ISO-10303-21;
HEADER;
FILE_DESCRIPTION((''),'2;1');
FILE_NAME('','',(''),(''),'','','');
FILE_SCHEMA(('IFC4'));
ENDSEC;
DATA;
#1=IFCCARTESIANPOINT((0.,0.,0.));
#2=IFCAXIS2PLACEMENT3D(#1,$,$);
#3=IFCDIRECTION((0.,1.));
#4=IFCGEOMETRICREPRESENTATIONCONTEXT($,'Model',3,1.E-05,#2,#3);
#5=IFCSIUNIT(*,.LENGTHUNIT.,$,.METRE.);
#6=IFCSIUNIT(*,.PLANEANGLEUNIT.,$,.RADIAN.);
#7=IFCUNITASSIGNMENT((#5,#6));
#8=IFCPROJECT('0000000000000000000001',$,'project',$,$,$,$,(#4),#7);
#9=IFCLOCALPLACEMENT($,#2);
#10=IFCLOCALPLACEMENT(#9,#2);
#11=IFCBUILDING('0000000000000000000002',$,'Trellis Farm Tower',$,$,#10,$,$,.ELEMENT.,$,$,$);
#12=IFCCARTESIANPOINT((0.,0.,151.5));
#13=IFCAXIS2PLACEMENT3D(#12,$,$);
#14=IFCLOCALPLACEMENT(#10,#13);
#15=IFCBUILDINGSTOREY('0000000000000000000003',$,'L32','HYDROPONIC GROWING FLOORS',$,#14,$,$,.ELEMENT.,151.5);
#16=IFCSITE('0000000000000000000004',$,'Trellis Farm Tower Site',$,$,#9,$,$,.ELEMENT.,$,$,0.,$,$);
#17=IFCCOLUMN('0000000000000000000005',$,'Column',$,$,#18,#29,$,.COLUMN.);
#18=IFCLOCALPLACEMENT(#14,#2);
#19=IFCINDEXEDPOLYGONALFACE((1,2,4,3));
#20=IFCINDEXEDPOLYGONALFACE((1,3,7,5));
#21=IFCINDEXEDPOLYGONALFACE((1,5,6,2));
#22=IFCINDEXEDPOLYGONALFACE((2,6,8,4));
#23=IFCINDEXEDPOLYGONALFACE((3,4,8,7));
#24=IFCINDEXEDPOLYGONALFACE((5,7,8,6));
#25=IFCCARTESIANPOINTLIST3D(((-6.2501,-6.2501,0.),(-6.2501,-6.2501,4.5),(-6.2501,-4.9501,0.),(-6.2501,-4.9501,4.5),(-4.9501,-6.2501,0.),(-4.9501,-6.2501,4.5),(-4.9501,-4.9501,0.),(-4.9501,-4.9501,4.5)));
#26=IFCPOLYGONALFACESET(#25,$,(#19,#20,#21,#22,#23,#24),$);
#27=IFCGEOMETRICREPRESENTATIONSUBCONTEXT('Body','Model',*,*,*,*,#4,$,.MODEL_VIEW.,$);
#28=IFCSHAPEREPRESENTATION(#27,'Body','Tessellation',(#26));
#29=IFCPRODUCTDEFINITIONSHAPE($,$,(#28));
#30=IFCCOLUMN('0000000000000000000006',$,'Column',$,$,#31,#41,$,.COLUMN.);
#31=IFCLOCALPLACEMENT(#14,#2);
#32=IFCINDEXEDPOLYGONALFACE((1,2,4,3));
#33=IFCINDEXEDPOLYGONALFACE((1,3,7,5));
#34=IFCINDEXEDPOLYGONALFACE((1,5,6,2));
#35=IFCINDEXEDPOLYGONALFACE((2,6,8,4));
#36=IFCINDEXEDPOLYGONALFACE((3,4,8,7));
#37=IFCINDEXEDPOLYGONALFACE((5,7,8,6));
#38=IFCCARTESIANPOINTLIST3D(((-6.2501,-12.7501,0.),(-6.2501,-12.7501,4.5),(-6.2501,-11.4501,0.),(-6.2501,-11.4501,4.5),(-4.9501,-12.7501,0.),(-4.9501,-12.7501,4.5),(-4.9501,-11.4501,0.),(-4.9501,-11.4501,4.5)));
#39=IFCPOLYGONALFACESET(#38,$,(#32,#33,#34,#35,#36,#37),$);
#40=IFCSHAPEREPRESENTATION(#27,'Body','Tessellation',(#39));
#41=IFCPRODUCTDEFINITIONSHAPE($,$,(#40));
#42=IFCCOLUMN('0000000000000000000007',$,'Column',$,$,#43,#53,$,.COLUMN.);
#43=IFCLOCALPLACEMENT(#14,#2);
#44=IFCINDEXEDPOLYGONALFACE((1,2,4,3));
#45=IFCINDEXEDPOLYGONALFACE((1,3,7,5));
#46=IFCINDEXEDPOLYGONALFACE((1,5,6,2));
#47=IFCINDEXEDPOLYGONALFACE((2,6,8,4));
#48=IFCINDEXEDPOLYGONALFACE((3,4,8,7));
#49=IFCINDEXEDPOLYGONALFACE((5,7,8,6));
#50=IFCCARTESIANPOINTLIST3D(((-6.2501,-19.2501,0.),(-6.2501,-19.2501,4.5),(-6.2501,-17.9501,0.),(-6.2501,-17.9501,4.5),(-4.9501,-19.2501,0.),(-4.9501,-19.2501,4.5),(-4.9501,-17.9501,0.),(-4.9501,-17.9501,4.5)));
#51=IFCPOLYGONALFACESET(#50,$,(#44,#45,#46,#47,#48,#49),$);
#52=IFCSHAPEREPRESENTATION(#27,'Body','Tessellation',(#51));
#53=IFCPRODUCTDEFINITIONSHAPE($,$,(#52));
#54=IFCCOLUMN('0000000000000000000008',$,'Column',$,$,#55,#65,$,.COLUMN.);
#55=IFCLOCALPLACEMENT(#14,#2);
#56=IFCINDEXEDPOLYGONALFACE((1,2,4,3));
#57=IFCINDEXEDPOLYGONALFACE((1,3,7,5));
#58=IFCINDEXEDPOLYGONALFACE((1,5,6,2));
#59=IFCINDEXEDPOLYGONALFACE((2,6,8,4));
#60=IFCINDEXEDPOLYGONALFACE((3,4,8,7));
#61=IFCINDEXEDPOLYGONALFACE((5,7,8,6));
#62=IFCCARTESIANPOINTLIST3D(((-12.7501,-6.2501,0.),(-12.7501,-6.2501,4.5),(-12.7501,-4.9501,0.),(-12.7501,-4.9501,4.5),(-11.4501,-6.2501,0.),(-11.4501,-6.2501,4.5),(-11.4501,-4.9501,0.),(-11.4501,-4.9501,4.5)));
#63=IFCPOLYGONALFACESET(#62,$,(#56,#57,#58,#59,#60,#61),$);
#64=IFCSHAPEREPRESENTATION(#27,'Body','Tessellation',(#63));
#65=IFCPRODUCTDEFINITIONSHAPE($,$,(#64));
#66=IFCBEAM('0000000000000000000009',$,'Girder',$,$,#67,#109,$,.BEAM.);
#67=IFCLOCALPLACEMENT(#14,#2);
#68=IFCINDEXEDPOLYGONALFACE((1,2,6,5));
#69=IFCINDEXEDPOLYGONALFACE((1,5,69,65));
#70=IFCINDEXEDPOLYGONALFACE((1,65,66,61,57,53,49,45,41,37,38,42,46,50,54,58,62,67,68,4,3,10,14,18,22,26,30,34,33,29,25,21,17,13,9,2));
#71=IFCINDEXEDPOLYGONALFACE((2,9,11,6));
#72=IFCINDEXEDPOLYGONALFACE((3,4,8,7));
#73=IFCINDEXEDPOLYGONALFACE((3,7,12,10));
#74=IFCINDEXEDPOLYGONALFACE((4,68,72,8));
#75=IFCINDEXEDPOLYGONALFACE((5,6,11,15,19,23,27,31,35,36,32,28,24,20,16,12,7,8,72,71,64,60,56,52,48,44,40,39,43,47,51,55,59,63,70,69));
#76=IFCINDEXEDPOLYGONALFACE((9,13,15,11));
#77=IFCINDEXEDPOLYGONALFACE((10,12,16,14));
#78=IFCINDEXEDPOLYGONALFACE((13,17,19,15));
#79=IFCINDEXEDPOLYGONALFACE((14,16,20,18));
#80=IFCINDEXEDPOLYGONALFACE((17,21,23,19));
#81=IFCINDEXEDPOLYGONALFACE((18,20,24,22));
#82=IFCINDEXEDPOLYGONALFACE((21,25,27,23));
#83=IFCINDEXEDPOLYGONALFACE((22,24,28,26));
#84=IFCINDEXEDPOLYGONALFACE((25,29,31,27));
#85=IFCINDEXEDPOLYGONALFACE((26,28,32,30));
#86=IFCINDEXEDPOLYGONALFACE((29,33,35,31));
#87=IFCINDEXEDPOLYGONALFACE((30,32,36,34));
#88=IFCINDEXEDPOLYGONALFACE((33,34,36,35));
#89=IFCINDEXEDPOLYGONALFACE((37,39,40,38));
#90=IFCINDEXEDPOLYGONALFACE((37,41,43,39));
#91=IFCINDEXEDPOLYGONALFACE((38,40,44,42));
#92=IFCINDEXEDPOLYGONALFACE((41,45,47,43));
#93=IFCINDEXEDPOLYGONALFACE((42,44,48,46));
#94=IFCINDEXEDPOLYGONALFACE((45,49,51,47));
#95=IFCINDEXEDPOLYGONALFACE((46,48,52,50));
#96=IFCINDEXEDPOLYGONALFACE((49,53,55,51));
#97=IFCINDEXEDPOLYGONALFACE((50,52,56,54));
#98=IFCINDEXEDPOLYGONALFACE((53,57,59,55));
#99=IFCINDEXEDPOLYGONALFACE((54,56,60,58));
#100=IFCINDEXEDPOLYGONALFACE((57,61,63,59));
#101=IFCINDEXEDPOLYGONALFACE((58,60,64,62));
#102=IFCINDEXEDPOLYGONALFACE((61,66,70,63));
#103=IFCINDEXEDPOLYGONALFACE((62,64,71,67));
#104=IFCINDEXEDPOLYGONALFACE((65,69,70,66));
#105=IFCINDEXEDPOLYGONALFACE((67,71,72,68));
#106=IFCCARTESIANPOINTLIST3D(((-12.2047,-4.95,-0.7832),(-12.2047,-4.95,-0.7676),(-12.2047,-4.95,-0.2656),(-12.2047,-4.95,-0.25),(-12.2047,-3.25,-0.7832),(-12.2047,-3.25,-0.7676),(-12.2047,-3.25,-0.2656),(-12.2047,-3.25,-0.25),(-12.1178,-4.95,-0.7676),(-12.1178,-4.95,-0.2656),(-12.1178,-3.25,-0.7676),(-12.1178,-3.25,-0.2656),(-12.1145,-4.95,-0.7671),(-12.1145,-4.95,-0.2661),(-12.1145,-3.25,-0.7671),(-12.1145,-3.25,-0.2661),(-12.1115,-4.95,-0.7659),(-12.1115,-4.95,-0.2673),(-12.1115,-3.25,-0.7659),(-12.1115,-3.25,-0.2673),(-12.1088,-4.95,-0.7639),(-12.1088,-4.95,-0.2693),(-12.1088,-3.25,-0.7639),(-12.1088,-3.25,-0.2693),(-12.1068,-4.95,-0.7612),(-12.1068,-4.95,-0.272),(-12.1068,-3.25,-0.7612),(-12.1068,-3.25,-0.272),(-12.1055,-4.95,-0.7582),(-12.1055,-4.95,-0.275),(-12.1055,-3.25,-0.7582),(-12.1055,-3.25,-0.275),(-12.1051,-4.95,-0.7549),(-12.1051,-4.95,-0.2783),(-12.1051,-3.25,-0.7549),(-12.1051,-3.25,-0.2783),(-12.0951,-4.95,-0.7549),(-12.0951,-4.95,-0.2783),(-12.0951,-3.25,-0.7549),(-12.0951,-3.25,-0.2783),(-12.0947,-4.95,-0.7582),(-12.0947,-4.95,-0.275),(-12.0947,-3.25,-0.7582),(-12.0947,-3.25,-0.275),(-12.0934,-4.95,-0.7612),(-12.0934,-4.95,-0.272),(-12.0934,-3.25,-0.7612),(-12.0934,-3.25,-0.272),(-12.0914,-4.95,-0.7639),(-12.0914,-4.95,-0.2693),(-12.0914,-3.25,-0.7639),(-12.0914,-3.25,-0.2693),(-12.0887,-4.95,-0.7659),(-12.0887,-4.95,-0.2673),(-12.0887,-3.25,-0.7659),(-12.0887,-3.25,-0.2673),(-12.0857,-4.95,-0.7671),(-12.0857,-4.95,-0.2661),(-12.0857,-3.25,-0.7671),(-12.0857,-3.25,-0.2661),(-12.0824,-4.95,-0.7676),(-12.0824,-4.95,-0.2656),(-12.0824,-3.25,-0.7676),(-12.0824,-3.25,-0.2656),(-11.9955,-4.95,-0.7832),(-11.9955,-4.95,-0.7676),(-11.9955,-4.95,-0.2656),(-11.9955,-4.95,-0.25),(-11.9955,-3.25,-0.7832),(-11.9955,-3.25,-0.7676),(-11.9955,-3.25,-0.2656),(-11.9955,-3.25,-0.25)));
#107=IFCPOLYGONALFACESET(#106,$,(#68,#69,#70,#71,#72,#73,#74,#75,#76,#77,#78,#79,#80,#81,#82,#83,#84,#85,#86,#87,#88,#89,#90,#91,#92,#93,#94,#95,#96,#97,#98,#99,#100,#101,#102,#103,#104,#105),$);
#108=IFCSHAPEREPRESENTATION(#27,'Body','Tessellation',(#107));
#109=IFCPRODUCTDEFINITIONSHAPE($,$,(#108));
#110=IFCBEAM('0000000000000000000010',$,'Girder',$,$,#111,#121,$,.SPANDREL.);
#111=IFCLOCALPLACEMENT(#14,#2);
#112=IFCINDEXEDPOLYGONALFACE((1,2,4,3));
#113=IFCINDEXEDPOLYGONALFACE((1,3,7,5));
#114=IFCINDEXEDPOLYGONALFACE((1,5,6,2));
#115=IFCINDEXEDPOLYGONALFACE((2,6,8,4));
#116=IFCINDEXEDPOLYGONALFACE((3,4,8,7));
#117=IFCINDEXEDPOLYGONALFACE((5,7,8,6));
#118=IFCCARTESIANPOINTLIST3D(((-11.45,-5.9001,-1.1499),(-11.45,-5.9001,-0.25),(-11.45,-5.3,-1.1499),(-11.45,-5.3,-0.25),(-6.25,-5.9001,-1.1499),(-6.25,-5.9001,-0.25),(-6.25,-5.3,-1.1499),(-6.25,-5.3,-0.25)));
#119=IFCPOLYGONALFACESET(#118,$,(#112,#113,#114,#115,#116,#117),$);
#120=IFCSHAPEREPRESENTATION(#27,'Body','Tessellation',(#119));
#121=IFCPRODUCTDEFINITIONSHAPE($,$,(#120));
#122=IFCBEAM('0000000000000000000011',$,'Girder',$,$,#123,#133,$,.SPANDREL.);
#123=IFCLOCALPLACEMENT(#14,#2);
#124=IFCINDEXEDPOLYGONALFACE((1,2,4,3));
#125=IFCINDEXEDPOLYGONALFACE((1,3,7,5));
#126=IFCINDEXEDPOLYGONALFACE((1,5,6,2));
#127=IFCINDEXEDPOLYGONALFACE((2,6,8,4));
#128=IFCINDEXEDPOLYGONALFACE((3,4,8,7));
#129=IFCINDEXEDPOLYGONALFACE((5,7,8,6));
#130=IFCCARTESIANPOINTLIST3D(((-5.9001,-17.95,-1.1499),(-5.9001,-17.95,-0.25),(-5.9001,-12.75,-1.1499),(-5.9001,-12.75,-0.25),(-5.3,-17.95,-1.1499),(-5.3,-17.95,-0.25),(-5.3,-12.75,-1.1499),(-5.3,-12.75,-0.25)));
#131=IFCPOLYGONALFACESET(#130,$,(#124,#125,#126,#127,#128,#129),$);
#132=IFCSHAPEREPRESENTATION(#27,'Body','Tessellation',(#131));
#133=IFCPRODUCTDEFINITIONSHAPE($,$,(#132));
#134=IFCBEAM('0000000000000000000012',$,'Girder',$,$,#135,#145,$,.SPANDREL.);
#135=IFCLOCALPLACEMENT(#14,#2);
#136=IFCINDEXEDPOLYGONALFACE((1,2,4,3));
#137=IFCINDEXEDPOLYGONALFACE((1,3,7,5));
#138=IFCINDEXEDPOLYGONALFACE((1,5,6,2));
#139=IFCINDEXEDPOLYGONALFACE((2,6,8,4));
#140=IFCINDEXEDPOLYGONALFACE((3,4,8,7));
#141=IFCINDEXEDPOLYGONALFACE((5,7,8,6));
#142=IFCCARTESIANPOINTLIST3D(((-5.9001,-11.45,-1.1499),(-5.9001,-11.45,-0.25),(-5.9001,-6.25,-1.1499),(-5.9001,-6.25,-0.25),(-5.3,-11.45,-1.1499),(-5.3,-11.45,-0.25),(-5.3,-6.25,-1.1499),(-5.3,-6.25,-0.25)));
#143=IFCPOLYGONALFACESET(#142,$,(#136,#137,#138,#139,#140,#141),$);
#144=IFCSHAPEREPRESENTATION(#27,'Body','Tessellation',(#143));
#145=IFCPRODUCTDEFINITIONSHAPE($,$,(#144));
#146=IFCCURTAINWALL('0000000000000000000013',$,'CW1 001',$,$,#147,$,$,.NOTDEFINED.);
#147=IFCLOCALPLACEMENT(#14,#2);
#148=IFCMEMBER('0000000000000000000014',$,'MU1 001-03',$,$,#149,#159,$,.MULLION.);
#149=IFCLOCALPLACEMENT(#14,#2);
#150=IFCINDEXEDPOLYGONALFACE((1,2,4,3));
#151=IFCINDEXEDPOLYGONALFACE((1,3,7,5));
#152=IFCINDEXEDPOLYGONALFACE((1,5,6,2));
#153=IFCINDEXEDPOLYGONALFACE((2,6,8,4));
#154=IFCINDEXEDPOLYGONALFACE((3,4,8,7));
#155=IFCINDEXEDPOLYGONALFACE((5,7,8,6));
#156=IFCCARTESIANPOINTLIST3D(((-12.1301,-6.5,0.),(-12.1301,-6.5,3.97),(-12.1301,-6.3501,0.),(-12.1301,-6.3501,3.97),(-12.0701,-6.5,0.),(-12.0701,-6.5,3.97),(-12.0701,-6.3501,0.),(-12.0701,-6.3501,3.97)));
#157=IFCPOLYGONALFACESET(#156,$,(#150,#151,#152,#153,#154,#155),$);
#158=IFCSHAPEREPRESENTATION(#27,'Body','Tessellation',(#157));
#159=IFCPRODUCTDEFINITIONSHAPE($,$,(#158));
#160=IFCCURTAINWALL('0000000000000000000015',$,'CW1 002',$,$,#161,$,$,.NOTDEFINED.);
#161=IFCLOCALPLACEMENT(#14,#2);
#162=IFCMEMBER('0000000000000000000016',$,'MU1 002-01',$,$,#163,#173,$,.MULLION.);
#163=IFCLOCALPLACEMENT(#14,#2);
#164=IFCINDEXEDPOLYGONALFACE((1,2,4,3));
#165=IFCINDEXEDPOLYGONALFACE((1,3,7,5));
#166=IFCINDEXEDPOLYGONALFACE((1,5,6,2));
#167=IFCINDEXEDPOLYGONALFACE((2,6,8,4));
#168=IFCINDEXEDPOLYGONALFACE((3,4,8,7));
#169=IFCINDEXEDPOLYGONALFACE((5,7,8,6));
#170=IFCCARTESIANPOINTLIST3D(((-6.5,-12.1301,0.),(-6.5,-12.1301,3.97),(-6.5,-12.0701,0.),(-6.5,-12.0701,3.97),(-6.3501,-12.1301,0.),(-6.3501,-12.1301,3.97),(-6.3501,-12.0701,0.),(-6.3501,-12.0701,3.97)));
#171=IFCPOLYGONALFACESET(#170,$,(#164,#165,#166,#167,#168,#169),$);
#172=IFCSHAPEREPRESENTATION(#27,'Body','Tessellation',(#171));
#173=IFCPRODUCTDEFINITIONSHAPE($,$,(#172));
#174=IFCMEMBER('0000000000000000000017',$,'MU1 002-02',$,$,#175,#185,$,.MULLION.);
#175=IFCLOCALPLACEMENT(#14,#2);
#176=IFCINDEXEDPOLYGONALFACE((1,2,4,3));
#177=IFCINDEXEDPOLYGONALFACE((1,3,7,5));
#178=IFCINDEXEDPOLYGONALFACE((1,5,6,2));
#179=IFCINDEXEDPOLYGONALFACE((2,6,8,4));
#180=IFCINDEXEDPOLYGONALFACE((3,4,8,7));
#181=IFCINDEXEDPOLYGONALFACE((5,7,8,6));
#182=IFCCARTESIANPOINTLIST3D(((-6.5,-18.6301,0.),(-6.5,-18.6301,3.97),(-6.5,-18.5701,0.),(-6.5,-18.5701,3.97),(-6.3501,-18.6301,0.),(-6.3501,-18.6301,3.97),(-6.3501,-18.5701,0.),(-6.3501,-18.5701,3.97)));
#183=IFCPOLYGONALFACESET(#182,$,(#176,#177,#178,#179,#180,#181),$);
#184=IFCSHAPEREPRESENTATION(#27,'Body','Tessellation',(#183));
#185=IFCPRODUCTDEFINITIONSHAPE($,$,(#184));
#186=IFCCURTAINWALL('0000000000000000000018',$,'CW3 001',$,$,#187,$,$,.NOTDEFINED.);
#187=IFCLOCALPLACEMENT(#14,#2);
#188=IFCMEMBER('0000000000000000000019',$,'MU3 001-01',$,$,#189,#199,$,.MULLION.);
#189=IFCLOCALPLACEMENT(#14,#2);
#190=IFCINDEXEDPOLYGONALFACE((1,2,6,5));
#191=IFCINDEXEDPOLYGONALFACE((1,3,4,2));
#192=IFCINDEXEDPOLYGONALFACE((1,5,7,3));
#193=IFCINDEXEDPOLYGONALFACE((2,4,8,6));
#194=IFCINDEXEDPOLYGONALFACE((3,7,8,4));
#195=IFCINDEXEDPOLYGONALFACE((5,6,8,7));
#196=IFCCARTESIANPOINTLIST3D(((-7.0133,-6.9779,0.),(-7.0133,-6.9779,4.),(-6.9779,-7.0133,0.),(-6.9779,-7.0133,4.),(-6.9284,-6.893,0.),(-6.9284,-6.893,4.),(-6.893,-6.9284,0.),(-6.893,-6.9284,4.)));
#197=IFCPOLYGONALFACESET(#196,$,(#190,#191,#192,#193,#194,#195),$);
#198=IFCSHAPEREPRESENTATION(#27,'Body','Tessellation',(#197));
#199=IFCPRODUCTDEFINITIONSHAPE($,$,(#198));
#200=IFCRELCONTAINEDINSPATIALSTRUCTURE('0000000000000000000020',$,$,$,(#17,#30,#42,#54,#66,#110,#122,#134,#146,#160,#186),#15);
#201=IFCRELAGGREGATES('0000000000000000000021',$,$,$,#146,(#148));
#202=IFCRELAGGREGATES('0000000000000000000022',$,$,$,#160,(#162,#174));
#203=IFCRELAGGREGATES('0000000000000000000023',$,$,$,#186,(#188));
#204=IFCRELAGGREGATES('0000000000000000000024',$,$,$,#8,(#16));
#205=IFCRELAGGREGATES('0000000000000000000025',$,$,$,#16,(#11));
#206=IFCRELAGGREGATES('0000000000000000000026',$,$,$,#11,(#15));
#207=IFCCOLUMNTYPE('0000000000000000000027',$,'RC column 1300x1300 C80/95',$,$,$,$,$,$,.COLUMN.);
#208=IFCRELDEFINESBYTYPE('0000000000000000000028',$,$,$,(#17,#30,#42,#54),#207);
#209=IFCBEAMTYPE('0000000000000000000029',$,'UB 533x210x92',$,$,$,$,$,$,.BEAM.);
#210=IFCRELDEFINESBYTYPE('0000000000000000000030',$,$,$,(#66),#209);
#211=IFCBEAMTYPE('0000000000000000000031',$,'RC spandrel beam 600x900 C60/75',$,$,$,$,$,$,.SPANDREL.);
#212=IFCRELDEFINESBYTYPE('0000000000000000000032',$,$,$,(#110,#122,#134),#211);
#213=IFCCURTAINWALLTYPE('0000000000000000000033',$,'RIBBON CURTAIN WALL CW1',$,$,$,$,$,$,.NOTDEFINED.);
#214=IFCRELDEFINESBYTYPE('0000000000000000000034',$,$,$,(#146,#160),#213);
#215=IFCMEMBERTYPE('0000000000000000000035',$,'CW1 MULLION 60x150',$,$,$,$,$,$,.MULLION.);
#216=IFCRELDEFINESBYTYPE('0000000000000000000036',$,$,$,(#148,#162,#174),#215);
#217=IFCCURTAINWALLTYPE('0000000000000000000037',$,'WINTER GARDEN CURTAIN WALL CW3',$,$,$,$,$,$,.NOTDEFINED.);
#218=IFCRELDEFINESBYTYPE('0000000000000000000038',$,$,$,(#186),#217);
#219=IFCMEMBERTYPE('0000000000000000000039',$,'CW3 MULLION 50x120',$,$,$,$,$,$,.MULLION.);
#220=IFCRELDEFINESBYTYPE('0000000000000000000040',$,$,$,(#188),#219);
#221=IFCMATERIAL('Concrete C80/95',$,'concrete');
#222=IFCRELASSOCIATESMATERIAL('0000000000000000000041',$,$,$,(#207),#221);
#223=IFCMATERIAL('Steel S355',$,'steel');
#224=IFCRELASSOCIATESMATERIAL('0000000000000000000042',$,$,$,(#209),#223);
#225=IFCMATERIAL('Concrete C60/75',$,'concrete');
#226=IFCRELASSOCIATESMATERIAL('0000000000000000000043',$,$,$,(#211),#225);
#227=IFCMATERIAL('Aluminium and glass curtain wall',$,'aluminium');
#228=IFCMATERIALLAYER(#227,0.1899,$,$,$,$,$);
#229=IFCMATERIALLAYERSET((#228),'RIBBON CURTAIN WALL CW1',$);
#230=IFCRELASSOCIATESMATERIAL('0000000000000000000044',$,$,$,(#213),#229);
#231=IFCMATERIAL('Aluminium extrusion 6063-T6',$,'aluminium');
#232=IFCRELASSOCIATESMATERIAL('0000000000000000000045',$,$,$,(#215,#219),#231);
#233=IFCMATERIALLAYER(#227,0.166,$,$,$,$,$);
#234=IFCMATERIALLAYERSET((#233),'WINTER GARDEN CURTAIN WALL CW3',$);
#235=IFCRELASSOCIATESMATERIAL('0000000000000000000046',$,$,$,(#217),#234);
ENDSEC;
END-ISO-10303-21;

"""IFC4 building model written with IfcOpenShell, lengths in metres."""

from ifc_helpers import new_model, si_unit, direction, frame, origin, origin_2d, place, context, subcontext, project, spatial, rectangle, i_section, extrude, source, transform, mapped, material, layer, layer_set, material_profile, profile_set, type_object, element, aggregate, save


model = new_model("IFC4")

# Units and contexts
model_context = context("Model", 3, precision=1e-05, world=origin(), true_north=direction((0.0, 1.0)))
body_context = subcontext(model_context, "Body", "Model", "MODEL_VIEW")
ifc_project = project(units=[si_unit("LENGTHUNIT", "METRE"), si_unit("PLANEANGLEUNIT", "RADIAN")], contexts=[model_context])

# Site, building, storey
site_placement = place(None, origin())
site = spatial("IfcSite", under=ifc_project, at=site_placement, Name="Trellis Farm Tower Site", CompositionType="ELEMENT", RefElevation=0.0)
building_placement = place(site_placement, origin())
building = spatial("IfcBuilding", under=site, at=building_placement, Name="Trellis Farm Tower", CompositionType="ELEMENT")
storey_placement = place(building_placement, frame((0.0, 0.0, 151.5)))
storey = spatial("IfcBuildingStorey", under=building, at=storey_placement, Name="L32", Description="HYDROPONIC GROWING FLOORS", CompositionType="ELEMENT", Elevation=151.5)

# Columns
ifc_material_1 = material(Name="Concrete C80/95", Category="concrete")
ifc_material_profile_1 = material_profile(ifc_material_1, rectangle(XDim=1.3, YDim=1.3, at=origin_2d()), Name="RC column 1300x1300 C80/95")
ifc_profile_set_1 = profile_set([ifc_material_profile_1], Name="Concrete C80/95")
column_type = type_object("IfcColumnType", Name="RC column 1300x1300 C80/95", PredefinedType="COLUMN", material=ifc_profile_set_1)
shared_shape_1 = source(origin(), body_context, "Body", "SweptSolid", [
    extrude(rectangle(XDim=1.3, YDim=1.3, at=origin_2d()), origin(), (0.0, 0.0, 1.0), 4.5),
])
for number, where, z_axis, x_axis, name in (
    (1, (-5.6001, -5.6001, 0.0), (0.0, 0.0, 1.0), (1.0, 0.0, 0.0), "Column"),
    (2, (-5.6001, -12.1001, 0.0), (0.0, 0.0, 1.0), (1.0, 0.0, 0.0), "Column"),
    (3, (-5.6001, -18.6001, 0.0), (0.0, 0.0, 1.0), (1.0, 0.0, 0.0), "Column"),
    (4, (-12.1001, -5.6001, 0.0), (0.0, 0.0, 1.0), (1.0, 0.0, 0.0), "Column"),
):
    element("IfcColumn", number, at=place(storey_placement, frame(where, z_axis=z_axis, x_axis=x_axis)), inside=storey, type_object=column_type, Name=name, PredefinedType="COLUMN", context=body_context, shape_type="MappedRepresentation", body=[
        mapped(shared_shape_1, transform((0.0, 0.0, 0.0))),
    ])

# Beams
ifc_material_2 = material(Name="Steel S355", Category="steel")
ifc_material_profile_2 = material_profile(ifc_material_2, i_section(OverallWidth=0.2092, OverallDepth=0.5332, WebThickness=0.01, FlangeThickness=0.0156, FilletRadius=0.0127, at=origin_2d()), Name="UB 533x210x92")
ifc_profile_set_2 = profile_set([ifc_material_profile_2], Name="Steel S355")
beam_type_1 = type_object("IfcBeamType", Name="UB 533x210x92", PredefinedType="BEAM", material=ifc_profile_set_2)
shared_shape_2 = source(origin(), body_context, "Body", "SweptSolid", [
    extrude(i_section(OverallWidth=0.2092, OverallDepth=0.5332, WebThickness=0.01, FlangeThickness=0.0156, FilletRadius=0.0127, at=origin_2d()), origin(), (0.0, 0.0, 1.0), 1.7),
])
beam_placement = place(storey_placement, frame((-12.1001, -4.95, -0.5166), z_axis=(0.0, 1.0, 0.0), x_axis=(-1.0, 0.0, 0.0)))
element("IfcBeam", 5, at=beam_placement, inside=storey, type_object=beam_type_1, Name="Girder", PredefinedType="BEAM", context=body_context, shape_type="MappedRepresentation", body=[
    mapped(shared_shape_2, transform((0.0, 0.0, 0.0))),
])
ifc_material_3 = material(Name="Concrete C60/75", Category="concrete")
ifc_material_profile_3 = material_profile(ifc_material_3, rectangle(XDim=0.6001, YDim=0.8999, at=origin_2d()), Name="RC spandrel beam 600x900 C60/75")
ifc_profile_set_3 = profile_set([ifc_material_profile_3], Name="Concrete C60/75")
beam_type_2 = type_object("IfcBeamType", Name="RC spandrel beam 600x900 C60/75", PredefinedType="SPANDREL", material=ifc_profile_set_3)
shared_shape_3 = source(origin(), body_context, "Body", "SweptSolid", [
    extrude(rectangle(XDim=0.6001, YDim=0.8999, at=origin_2d()), origin(), (0.0, 0.0, 1.0), 5.2),
])
for number, where, z_axis, x_axis, name in (
    (6, (-11.45, -5.6001, -0.7), (1.0, 0.0, 0.0), (0.0, 1.0, 0.0), "Girder"),
    (7, (-5.6001, -17.95, -0.7), (0.0, 1.0, 0.0), (-1.0, 0.0, 0.0), "Girder"),
    (8, (-5.6001, -11.45, -0.7), (0.0, 1.0, 0.0), (-1.0, 0.0, 0.0), "Girder"),
):
    element("IfcBeam", number, at=place(storey_placement, frame(where, z_axis=z_axis, x_axis=x_axis)), inside=storey, type_object=beam_type_2, Name=name, PredefinedType="SPANDREL", context=body_context, shape_type="MappedRepresentation", body=[
        mapped(shared_shape_3, transform((0.0, 0.0, 0.0))),
    ])

# Curtain wall, member
ifc_material_4 = material(Name="Aluminium and glass curtain wall", Category="aluminium")
ifc_layer_1 = layer(ifc_material_4, 0.1899)
ifc_layer_set_1 = layer_set([ifc_layer_1], Name="RIBBON CURTAIN WALL CW1")
curtain_wall_type_1 = type_object("IfcCurtainWallType", Name="RIBBON CURTAIN WALL CW1", PredefinedType="NOTDEFINED", material=ifc_layer_set_1)
placement = place(storey_placement, origin())
curtain_wall_1 = element("IfcCurtainWall", 9, at=placement, inside=storey, type_object=curtain_wall_type_1, Name="CW1 001", PredefinedType="NOTDEFINED")
ifc_material_5 = material(Name="Aluminium extrusion 6063-T6", Category="aluminium")
ifc_material_profile_4 = material_profile(ifc_material_5, rectangle(XDim=0.0601, YDim=0.1499, at=origin_2d()), Name="MULLION 60x150")
ifc_profile_set_4 = profile_set([ifc_material_profile_4], Name="Aluminium extrusion 6063-T6")
member_type_1 = type_object("IfcMemberType", Name="CW1 MULLION 60x150", PredefinedType="MULLION", material=ifc_profile_set_4)
shared_shape_4 = source(origin(), body_context, "Body", "SweptSolid", [
    extrude(rectangle(XDim=0.0601, YDim=0.1499, at=origin_2d()), origin(), (0.0, 0.0, 1.0), 3.97),
])
member_1_placement = place(storey_placement, frame((-12.1001, -6.425, 0.0), z_axis=(0.0, 0.0, 1.0), x_axis=(1.0, 0.0, 0.0)))
member_1 = element("IfcMember", 10, at=member_1_placement, type_object=member_type_1, Name="MU1 001-03", PredefinedType="MULLION", context=body_context, shape_type="MappedRepresentation", body=[
    mapped(shared_shape_4, transform((0.0, 0.0, 0.0))),
])
aggregate(curtain_wall_1, [member_1])

# Curtain wall, members
curtain_wall_2 = element("IfcCurtainWall", 11, at=placement, inside=storey, type_object=curtain_wall_type_1, Name="CW1 002", PredefinedType="NOTDEFINED")
member_2_placement = place(storey_placement, frame((-6.425, -12.1001, 0.0), z_axis=(0.0, 0.0, 1.0), x_axis=(0.0, -1.0, 0.0)))
member_2 = element("IfcMember", 12, at=member_2_placement, type_object=member_type_1, Name="MU1 002-01", PredefinedType="MULLION", context=body_context, shape_type="MappedRepresentation", body=[
    mapped(shared_shape_4, transform((0.0, 0.0, 0.0))),
])
member_3_placement = place(storey_placement, frame((-6.425, -18.6001, 0.0), z_axis=(0.0, 0.0, 1.0), x_axis=(0.0, -1.0, 0.0)))
member_3 = element("IfcMember", 13, at=member_3_placement, type_object=member_type_1, Name="MU1 002-02", PredefinedType="MULLION", context=body_context, shape_type="MappedRepresentation", body=[
    mapped(shared_shape_4, transform((0.0, 0.0, 0.0))),
])
aggregate(curtain_wall_2, [member_2, member_3])

# Curtain wall, member
ifc_layer_2 = layer(ifc_material_4, 0.166)
ifc_layer_set_2 = layer_set([ifc_layer_2], Name="WINTER GARDEN CURTAIN WALL CW3")
curtain_wall_type_2 = type_object("IfcCurtainWallType", Name="WINTER GARDEN CURTAIN WALL CW3", PredefinedType="NOTDEFINED", material=ifc_layer_set_2)
curtain_wall_3 = element("IfcCurtainWall", 14, at=placement, inside=storey, type_object=curtain_wall_type_2, Name="CW3 001", PredefinedType="NOTDEFINED")
ifc_material_profile_5 = material_profile(ifc_material_5, rectangle(XDim=0.05, YDim=0.1201, at=origin_2d()), Name="MULLION 50x120")
ifc_profile_set_5 = profile_set([ifc_material_profile_5], Name="Aluminium extrusion 6063-T6")
member_type_2 = type_object("IfcMemberType", Name="CW3 MULLION 50x120", PredefinedType="MULLION", material=ifc_profile_set_5)
shared_shape_5 = source(origin(), body_context, "Body", "SweptSolid", [
    extrude(rectangle(XDim=0.05, YDim=0.1201, at=origin_2d()), origin(), (0.0, 0.0, 1.0), 4.0),
])
member_4_placement = place(storey_placement, frame((-6.9531, -6.9531, 0.0), z_axis=(0.0, 0.0, 1.0), x_axis=(0.707107, -0.707107, 0.0)))
member_4 = element("IfcMember", 15, at=member_4_placement, type_object=member_type_2, Name="MU3 001-01", PredefinedType="MULLION", context=body_context, shape_type="MappedRepresentation", body=[
    mapped(shared_shape_5, transform((0.0, 0.0, 0.0))),
])
aggregate(curtain_wall_3, [member_4])

save(model, "model.ifc")
